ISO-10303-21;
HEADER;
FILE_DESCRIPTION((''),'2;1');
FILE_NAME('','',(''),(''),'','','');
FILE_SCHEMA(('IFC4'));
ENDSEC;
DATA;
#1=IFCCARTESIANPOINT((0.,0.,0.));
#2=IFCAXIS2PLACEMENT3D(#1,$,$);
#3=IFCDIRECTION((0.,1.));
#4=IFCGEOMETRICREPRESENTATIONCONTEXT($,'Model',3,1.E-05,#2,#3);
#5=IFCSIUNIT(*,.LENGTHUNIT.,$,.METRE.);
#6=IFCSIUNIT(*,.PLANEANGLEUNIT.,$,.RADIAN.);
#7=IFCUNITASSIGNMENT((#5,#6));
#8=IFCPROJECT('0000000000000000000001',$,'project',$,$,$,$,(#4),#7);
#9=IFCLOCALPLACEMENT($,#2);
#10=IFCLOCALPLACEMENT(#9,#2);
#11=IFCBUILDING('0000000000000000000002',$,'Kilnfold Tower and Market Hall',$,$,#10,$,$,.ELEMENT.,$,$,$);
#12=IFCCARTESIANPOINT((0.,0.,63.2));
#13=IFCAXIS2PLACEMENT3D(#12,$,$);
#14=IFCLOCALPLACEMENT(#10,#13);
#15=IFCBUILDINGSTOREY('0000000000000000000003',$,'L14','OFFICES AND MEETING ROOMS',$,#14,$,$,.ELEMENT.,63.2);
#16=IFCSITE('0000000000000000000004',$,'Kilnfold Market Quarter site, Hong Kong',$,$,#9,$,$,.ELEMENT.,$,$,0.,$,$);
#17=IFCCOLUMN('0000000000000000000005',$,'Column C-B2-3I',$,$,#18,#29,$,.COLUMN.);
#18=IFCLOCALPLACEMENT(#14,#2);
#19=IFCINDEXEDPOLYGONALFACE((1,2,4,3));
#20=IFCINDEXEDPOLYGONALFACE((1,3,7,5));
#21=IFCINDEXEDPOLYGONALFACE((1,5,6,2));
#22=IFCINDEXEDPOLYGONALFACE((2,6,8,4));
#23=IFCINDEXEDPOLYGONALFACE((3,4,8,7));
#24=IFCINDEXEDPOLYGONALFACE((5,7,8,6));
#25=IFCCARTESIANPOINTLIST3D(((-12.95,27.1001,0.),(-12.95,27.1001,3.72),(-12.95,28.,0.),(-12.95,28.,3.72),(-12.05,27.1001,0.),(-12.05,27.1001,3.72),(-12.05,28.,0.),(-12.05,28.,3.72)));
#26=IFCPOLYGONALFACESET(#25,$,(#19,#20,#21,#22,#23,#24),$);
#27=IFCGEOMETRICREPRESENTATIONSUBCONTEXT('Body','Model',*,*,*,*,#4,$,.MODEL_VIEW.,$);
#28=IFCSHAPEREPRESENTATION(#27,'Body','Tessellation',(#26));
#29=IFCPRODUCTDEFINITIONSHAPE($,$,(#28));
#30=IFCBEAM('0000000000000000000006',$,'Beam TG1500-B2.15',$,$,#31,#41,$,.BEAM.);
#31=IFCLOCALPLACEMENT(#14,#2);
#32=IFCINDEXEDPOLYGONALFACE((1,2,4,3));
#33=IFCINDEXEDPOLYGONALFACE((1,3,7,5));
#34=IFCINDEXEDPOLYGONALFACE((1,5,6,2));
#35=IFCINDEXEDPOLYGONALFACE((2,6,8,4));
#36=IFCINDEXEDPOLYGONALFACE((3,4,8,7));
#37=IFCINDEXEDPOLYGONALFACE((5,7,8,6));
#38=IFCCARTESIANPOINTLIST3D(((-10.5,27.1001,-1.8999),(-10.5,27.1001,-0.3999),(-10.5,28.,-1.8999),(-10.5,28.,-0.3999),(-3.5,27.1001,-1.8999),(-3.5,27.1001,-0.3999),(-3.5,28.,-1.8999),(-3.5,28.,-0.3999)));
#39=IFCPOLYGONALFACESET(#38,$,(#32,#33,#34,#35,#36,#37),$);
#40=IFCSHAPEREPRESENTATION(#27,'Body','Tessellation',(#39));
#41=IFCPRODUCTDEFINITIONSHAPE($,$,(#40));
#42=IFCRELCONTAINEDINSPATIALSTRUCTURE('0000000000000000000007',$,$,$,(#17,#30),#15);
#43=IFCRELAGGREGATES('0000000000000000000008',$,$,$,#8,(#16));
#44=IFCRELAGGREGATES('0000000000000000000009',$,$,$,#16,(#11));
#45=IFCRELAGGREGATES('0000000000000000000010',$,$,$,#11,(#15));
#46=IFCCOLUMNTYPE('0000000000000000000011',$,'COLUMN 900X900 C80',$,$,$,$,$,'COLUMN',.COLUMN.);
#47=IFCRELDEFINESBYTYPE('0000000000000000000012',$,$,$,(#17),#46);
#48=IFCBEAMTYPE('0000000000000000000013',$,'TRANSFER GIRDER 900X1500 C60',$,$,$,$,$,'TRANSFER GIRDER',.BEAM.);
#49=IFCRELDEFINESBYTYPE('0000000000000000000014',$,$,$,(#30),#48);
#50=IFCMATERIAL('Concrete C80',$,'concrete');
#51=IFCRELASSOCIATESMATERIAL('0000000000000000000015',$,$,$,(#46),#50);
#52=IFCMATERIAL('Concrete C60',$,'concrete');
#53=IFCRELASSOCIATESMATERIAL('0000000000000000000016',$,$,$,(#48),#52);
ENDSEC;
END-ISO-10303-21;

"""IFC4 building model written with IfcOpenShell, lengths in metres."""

from ifc_helpers import new_model, si_unit, direction, frame, origin, origin_2d, place, context, subcontext, project, spatial, rectangle, extrude, source, transform, mapped, material, material_profile, profile_set, type_object, element, save


model = new_model("IFC4")

# Units and contexts
model_context = context("Model", 3, precision=1e-05, world=origin(), true_north=direction((0.0, 1.0)))
body_context = subcontext(model_context, "Body", "Model", "MODEL_VIEW")
ifc_project = project(units=[si_unit("LENGTHUNIT", "METRE"), si_unit("PLANEANGLEUNIT", "RADIAN")], contexts=[model_context])

# Site, building, storey
site_placement = place(None, origin())
site = spatial("IfcSite", under=ifc_project, at=site_placement, Name="Kilnfold Market Quarter site, Hong Kong", CompositionType="ELEMENT", RefElevation=0.0)
building_placement = place(site_placement, origin())
building = spatial("IfcBuilding", under=site, at=building_placement, Name="Kilnfold Tower and Market Hall", CompositionType="ELEMENT")
storey_placement = place(building_placement, frame((0.0, 0.0, 63.2)))
storey = spatial("IfcBuildingStorey", under=building, at=storey_placement, Name="L14", Description="OFFICES AND MEETING ROOMS", CompositionType="ELEMENT", Elevation=63.2)

# Column
ifc_material_1 = material(Name="Concrete C80", Category="concrete")
ifc_material_profile_1 = material_profile(ifc_material_1, rectangle(XDim=0.8999, YDim=0.8999, at=origin_2d()), Name="RC 900x900")
ifc_profile_set_1 = profile_set([ifc_material_profile_1], Name="Concrete C80")
column_type = type_object("IfcColumnType", Name="COLUMN 900X900 C80", ElementType="COLUMN", PredefinedType="COLUMN", material=ifc_profile_set_1)
shared_shape_1 = source(origin(), body_context, "Body", "SweptSolid", [
    extrude(rectangle(XDim=0.8999, YDim=0.8999, at=origin_2d()), origin(), (0.0, 0.0, 1.0), 3.72),
])
column_placement = place(storey_placement, frame((-12.5, 27.55, 0.0), z_axis=(0.0, 0.0, 1.0), x_axis=(1.0, 0.0, 0.0)))
element("IfcColumn", 1, at=column_placement, inside=storey, type_object=column_type, Name="Column C-B2-3I", PredefinedType="COLUMN", context=body_context, shape_type="MappedRepresentation", body=[
    mapped(shared_shape_1, transform((0.0, 0.0, 0.0))),
])

# Beam
ifc_material_2 = material(Name="Concrete C60", Category="concrete")
ifc_material_profile_2 = material_profile(ifc_material_2, rectangle(XDim=0.8999, YDim=1.5, at=origin_2d()), Name="RC 900x1500")
ifc_profile_set_2 = profile_set([ifc_material_profile_2], Name="Concrete C60")
beam_type = type_object("IfcBeamType", Name="TRANSFER GIRDER 900X1500 C60", ElementType="TRANSFER GIRDER", PredefinedType="BEAM", material=ifc_profile_set_2)
shared_shape_2 = source(origin(), body_context, "Body", "SweptSolid", [
    extrude(rectangle(XDim=0.8999, YDim=1.5, at=origin_2d()), origin(), (0.0, 0.0, 1.0), 7.0),
])
beam_placement = place(storey_placement, frame((-10.5, 27.55, -1.1499), z_axis=(1.0, 0.0, 0.0), x_axis=(0.0, 1.0, 0.0)))
element("IfcBeam", 2, at=beam_placement, inside=storey, type_object=beam_type, Name="Beam TG1500-B2.15", PredefinedType="BEAM", context=body_context, shape_type="MappedRepresentation", body=[
    mapped(shared_shape_2, transform((0.0, 0.0, 0.0))),
])

save(model, "model.ifc")
